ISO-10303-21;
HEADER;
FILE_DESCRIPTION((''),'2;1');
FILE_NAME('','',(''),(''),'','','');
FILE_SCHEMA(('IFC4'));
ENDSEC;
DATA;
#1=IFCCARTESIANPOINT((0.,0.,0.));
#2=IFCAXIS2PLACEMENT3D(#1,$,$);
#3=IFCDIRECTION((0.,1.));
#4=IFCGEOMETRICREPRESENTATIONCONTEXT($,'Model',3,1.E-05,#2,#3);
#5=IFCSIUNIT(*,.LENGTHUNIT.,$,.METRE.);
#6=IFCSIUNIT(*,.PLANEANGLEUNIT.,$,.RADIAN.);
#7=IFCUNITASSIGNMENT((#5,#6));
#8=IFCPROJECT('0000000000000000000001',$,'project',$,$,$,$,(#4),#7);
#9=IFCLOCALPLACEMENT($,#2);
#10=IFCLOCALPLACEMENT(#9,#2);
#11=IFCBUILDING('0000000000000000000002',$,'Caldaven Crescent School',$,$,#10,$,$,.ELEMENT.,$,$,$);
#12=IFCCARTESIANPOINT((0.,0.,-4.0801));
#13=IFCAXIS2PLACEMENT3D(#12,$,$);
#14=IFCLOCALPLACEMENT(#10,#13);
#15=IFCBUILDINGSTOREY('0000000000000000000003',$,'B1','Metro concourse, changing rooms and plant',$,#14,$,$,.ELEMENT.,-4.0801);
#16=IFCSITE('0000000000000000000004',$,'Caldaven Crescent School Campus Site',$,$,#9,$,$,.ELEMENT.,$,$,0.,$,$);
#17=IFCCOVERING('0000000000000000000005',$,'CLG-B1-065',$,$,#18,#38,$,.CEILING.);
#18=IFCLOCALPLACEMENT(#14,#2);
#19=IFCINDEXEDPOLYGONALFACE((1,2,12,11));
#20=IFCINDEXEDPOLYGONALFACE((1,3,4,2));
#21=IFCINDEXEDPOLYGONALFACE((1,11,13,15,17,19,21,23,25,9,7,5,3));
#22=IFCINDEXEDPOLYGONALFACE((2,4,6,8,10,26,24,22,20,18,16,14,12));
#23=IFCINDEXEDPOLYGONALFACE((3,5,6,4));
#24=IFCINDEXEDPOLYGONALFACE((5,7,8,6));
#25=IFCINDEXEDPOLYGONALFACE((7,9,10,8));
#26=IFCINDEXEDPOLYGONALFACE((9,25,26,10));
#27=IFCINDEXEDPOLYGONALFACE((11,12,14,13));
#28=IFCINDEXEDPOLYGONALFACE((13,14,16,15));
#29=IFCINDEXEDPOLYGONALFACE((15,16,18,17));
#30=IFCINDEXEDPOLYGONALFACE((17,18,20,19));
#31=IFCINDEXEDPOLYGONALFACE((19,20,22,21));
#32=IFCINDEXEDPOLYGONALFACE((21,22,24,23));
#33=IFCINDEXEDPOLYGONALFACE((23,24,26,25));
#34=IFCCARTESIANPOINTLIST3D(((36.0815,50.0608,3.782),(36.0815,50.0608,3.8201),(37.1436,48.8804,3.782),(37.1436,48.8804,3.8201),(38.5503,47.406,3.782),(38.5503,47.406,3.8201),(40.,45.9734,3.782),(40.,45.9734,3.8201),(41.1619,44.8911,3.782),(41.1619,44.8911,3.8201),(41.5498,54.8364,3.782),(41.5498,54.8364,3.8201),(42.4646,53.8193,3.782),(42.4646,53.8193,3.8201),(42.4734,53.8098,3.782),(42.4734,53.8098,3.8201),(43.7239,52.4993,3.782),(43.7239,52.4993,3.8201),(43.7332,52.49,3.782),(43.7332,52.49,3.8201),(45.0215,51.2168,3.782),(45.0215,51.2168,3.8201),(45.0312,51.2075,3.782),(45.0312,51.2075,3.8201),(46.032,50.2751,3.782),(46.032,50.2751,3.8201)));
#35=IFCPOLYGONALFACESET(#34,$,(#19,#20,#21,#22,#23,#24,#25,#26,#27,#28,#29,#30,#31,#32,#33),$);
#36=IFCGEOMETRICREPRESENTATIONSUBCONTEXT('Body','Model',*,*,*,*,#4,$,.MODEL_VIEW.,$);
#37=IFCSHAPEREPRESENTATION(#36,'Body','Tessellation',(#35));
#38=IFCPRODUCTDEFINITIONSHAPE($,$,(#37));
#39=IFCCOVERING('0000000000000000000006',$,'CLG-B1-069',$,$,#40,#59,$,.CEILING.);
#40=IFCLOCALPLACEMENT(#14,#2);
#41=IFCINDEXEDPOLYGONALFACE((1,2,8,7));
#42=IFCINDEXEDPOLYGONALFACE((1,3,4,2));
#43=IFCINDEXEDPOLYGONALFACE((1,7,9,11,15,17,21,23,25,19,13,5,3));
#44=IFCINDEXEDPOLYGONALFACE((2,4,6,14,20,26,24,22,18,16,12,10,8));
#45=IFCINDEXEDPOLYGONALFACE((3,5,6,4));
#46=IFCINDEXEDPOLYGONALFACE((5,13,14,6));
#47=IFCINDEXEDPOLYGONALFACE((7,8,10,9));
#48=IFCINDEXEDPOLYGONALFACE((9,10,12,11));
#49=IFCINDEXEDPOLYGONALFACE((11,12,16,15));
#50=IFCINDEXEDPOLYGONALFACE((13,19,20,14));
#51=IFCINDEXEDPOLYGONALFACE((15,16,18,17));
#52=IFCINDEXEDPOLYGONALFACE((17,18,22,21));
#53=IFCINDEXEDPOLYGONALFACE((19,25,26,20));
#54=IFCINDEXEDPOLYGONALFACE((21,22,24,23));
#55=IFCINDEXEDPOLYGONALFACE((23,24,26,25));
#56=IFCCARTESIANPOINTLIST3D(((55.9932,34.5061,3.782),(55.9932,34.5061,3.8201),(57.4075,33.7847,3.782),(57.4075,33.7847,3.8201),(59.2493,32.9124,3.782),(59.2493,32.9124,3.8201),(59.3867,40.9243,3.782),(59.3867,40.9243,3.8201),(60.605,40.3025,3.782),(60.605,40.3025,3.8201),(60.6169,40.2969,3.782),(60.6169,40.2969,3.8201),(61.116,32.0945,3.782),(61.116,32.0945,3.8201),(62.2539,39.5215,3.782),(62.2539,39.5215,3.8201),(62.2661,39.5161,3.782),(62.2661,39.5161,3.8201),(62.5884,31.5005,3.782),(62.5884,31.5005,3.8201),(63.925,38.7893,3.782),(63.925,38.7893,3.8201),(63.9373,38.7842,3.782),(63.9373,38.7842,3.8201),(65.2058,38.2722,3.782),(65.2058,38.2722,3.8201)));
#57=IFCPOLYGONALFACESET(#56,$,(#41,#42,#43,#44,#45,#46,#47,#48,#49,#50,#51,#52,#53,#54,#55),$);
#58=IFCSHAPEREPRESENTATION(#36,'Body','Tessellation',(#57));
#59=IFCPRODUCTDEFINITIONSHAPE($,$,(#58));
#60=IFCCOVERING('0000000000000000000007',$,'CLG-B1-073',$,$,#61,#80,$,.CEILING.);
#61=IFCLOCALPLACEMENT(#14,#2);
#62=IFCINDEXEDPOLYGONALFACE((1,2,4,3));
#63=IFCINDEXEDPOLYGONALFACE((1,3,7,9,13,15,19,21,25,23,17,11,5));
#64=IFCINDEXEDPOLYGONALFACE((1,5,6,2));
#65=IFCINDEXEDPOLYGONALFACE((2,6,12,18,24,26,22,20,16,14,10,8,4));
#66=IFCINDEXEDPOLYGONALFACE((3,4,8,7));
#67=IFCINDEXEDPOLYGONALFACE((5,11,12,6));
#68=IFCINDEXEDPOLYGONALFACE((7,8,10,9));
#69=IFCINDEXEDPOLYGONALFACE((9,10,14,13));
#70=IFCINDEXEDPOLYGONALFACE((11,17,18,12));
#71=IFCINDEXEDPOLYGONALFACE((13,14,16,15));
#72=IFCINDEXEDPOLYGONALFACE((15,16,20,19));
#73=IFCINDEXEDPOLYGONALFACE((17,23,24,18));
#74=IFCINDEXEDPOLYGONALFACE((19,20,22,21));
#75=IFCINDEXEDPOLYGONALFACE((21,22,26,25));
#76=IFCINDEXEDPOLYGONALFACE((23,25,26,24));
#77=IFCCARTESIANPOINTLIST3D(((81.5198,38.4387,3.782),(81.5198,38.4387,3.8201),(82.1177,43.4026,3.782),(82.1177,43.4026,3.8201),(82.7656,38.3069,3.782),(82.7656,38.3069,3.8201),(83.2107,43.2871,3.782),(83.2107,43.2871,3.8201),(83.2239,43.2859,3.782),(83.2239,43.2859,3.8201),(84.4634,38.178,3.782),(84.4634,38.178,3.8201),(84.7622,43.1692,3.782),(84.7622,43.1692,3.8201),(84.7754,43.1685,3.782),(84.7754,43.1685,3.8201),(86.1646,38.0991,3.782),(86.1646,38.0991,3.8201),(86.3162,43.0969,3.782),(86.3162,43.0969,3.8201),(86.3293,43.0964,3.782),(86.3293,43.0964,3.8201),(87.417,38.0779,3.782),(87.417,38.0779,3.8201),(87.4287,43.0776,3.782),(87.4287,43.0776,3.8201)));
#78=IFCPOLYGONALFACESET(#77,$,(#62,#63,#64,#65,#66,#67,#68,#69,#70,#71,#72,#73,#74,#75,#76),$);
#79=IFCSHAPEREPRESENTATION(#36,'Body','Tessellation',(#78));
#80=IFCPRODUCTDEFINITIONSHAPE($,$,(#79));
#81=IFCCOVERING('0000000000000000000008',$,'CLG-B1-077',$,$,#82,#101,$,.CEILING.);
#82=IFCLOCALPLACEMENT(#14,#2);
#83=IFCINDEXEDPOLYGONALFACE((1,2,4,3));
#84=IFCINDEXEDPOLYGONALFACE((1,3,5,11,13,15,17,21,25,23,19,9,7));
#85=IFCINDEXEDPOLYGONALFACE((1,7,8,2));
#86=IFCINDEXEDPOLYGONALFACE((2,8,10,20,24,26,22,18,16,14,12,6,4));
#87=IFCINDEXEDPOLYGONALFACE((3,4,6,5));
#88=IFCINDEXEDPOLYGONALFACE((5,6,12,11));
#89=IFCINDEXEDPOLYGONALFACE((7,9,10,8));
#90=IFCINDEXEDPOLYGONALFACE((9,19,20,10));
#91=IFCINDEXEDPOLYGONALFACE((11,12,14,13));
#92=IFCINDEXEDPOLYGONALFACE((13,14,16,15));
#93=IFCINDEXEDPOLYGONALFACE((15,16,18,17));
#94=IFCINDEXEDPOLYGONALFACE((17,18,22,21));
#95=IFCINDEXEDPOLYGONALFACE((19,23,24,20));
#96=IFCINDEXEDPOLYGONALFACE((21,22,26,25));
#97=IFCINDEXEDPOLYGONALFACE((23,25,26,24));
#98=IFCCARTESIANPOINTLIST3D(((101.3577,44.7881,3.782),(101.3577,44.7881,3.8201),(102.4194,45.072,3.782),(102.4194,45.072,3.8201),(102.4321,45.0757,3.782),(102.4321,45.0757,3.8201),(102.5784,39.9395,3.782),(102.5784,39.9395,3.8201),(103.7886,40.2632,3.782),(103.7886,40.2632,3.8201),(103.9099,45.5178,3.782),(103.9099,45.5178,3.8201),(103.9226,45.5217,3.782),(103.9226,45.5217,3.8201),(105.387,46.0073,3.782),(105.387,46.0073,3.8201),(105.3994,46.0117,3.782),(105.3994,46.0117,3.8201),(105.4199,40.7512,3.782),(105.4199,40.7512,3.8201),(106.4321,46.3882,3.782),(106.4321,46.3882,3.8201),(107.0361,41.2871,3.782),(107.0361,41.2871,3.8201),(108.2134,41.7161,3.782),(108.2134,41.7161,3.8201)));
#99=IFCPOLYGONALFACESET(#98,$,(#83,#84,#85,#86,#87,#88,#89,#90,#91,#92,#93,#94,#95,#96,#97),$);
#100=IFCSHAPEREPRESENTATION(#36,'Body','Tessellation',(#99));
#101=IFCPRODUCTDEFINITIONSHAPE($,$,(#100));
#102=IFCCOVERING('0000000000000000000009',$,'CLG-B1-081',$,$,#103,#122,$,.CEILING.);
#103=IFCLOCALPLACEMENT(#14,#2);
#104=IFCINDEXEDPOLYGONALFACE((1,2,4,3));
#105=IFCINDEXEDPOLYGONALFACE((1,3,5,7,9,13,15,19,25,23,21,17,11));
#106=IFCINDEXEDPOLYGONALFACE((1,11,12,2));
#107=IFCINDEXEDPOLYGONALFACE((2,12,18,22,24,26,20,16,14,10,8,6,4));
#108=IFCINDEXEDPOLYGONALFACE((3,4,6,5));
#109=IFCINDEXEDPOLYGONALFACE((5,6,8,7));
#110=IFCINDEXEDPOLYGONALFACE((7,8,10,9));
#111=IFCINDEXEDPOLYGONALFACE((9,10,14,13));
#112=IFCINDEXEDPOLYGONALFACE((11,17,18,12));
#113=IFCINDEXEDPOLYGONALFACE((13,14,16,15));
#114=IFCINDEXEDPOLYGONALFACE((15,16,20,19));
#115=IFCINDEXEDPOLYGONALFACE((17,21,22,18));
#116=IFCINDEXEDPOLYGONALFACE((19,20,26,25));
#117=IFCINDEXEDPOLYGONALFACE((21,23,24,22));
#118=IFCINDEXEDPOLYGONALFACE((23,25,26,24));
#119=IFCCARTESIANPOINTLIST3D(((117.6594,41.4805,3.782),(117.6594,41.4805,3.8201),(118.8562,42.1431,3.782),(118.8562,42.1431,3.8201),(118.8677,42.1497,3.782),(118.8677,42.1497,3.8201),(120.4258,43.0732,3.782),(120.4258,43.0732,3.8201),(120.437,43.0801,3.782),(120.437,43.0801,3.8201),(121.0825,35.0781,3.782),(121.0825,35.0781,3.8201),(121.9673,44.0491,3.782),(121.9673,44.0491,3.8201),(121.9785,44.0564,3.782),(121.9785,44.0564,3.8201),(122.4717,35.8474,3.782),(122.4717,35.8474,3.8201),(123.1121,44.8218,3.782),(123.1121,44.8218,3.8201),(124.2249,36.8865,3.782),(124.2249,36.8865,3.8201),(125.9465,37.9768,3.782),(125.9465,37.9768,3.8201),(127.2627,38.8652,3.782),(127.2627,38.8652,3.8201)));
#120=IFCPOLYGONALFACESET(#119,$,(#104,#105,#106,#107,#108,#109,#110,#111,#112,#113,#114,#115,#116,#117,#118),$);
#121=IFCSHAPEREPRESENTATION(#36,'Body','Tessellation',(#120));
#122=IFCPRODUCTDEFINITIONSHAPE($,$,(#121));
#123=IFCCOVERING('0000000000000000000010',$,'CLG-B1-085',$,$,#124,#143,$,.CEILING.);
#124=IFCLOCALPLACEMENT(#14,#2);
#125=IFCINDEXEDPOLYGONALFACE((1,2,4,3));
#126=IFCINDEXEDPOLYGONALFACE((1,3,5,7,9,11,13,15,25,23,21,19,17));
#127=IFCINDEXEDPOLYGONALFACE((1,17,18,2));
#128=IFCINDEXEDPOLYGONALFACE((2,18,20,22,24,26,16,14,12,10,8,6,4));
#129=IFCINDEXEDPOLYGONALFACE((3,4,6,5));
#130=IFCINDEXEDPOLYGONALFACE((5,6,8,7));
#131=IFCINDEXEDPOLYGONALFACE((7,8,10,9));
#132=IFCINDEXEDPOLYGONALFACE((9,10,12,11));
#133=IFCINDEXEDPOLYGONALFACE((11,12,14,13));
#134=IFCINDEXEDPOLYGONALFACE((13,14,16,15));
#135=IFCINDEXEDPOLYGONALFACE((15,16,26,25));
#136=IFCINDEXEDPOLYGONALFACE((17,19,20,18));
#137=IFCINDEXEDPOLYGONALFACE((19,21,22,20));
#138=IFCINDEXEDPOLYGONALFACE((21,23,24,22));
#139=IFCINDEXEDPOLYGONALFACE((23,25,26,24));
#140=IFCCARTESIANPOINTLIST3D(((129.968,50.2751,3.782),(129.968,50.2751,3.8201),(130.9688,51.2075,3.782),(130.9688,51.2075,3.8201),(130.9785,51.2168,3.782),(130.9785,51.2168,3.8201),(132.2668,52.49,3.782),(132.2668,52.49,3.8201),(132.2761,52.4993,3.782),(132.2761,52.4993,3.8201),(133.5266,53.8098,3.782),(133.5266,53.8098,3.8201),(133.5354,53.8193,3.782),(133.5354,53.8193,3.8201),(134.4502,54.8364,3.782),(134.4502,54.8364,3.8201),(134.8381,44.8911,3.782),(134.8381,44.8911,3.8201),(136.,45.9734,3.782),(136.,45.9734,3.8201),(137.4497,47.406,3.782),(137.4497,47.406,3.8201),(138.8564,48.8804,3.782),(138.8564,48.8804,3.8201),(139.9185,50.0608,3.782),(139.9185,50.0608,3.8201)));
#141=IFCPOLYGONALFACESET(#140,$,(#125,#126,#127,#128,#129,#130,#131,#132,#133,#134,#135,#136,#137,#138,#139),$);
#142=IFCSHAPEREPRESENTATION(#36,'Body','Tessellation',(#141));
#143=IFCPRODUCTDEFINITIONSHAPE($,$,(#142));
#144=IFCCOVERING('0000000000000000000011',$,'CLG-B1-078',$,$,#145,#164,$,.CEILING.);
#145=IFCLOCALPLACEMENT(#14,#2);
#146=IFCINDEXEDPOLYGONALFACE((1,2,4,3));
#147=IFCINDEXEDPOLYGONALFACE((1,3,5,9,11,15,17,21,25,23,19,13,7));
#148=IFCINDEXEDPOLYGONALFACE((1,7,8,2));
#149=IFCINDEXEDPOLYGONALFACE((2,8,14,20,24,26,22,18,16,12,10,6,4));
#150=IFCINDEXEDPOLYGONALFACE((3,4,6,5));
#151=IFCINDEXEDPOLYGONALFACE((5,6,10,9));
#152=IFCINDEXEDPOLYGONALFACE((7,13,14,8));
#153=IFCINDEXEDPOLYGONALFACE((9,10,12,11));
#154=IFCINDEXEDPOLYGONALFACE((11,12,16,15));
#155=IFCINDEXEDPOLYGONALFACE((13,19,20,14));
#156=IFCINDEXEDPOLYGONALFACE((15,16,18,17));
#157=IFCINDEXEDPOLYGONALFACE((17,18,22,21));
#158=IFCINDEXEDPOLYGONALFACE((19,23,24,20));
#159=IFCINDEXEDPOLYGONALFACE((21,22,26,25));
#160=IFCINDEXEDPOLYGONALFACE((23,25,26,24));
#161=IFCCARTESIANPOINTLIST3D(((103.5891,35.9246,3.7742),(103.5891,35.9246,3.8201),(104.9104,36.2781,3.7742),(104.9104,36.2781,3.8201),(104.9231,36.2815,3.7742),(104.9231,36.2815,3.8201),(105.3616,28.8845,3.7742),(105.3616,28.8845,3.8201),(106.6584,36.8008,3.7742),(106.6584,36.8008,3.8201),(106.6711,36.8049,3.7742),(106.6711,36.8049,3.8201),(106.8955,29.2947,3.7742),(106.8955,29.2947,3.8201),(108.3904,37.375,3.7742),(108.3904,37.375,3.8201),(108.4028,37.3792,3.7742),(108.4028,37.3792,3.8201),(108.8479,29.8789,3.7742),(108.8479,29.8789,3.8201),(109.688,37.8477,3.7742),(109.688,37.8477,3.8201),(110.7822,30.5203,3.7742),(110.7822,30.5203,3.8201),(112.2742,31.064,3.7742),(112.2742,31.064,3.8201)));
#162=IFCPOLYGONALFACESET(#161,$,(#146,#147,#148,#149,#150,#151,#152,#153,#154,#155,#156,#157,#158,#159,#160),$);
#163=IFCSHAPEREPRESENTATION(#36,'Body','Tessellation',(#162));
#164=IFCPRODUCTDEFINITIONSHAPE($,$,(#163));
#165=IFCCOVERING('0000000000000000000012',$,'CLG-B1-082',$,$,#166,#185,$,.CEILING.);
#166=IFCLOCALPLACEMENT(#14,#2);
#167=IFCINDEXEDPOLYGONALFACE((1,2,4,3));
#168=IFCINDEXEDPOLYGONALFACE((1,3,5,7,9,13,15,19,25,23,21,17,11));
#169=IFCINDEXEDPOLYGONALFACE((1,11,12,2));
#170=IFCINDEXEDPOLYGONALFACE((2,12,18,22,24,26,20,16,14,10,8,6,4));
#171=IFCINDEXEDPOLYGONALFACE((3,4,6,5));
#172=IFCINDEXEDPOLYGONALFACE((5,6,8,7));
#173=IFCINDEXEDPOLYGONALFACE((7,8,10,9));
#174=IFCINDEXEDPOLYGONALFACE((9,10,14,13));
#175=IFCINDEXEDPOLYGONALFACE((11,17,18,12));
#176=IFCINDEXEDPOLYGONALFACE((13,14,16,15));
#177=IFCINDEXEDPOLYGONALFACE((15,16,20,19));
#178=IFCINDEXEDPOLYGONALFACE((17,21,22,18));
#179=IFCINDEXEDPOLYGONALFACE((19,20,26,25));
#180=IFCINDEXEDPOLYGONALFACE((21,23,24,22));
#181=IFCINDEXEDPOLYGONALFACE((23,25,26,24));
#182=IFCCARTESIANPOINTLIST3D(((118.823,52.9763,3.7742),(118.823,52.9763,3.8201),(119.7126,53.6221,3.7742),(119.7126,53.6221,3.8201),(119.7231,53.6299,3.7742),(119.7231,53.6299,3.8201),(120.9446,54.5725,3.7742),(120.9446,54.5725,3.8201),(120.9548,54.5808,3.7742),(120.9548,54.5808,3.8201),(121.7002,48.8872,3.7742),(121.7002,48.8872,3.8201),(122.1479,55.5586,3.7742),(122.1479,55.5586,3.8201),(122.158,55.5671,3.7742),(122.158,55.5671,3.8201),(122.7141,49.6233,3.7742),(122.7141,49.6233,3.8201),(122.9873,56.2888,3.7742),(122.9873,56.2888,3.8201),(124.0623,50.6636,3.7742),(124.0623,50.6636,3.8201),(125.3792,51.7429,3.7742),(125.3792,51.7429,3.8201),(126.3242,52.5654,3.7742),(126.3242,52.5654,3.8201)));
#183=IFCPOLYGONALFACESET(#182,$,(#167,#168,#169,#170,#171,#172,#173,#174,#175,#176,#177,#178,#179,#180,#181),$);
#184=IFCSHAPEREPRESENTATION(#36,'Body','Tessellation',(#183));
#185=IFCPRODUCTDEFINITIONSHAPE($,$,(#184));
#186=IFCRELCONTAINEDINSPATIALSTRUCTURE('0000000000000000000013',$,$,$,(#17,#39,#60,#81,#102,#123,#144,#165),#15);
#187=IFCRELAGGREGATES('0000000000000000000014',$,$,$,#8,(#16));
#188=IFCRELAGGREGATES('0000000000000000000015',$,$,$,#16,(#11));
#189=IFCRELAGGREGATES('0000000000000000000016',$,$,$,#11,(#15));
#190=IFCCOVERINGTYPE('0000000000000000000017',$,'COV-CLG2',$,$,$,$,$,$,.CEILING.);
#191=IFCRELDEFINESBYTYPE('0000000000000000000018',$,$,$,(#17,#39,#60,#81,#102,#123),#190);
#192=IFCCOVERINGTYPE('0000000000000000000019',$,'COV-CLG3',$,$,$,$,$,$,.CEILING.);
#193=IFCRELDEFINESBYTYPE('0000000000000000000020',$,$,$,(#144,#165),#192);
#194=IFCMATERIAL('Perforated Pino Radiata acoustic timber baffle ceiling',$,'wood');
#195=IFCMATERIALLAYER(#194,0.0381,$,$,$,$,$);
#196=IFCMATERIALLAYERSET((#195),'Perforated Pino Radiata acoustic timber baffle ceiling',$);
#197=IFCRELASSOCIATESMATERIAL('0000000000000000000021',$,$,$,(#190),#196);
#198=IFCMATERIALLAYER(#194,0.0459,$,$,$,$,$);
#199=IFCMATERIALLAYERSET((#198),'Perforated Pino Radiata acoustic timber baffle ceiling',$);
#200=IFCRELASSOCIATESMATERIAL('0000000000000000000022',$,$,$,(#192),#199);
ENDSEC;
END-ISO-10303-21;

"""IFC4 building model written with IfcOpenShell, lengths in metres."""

from ifc_helpers import new_model, si_unit, direction, frame, origin, place, context, subcontext, project, spatial, polyline, outline, extrude, material, layer, layer_set, type_object, element, save


model = new_model("IFC4")

# Units and contexts
model_context = context("Model", 3, precision=1e-05, world=origin(), true_north=direction((0.0, 1.0)))
body_context = subcontext(model_context, "Body", "Model", "MODEL_VIEW")
ifc_project = project(units=[si_unit("LENGTHUNIT", "METRE"), si_unit("PLANEANGLEUNIT", "RADIAN")], contexts=[model_context])

# Site, building, storey
site_placement = place(None, origin())
site = spatial("IfcSite", under=ifc_project, at=site_placement, Name="Caldaven Crescent School Campus Site", CompositionType="ELEMENT", RefElevation=0.0)
building_placement = place(site_placement, origin())
building = spatial("IfcBuilding", under=site, at=building_placement, Name="Caldaven Crescent School", CompositionType="ELEMENT")
storey_placement = place(building_placement, frame((0.0, 0.0, -4.0801)))
storey = spatial("IfcBuildingStorey", under=building, at=storey_placement, Name="B1", Description="Metro concourse, changing rooms and plant", CompositionType="ELEMENT", Elevation=-4.0801)

# Coverings
ifc_material = material(Name="Perforated Pino Radiata acoustic timber baffle ceiling", Category="wood")
ifc_layer_1 = layer(ifc_material, 0.0381)
ifc_layer_set_1 = layer_set([ifc_layer_1], Name="Perforated Pino Radiata acoustic timber baffle ceiling")
covering_type_1 = type_object("IfcCoveringType", Name="COV-CLG2", PredefinedType="CEILING", material=ifc_layer_set_1)
covering_1_placement = place(storey_placement, frame((0.0, 0.0, 3.782)))
element("IfcCovering", 1, at=covering_1_placement, inside=storey, type_object=covering_type_1, Name="CLG-B1-065", PredefinedType="CEILING", context=body_context, shape_type="SweptSolid", body=[
    extrude(outline(polyline([(42.4646, 53.8193), (42.4734, 53.8098), (43.7239, 52.4993), (43.7332, 52.49), (45.0215, 51.2168), (45.0312, 51.2075), (46.032, 50.2751), (41.1619, 44.8911), (40.0, 45.9734), (38.5503, 47.406), (37.1436, 48.8804), (36.0815, 50.0608), (41.5498, 54.8364), (42.4646, 53.8193)])), origin(), (0.0, 0.0, 1.0), 0.0381),
])
covering_2_placement = place(storey_placement, frame((0.0, 0.0, 3.782)))
element("IfcCovering", 2, at=covering_2_placement, inside=storey, type_object=covering_type_1, Name="CLG-B1-069", PredefinedType="CEILING", context=body_context, shape_type="SweptSolid", body=[
    extrude(outline(polyline([(60.605, 40.3025), (60.6169, 40.2969), (62.2539, 39.5215), (62.2661, 39.5161), (63.925, 38.7893), (63.9373, 38.7842), (65.2058, 38.2722), (62.5884, 31.5005), (61.116, 32.0945), (59.2493, 32.9124), (57.4075, 33.7847), (55.9932, 34.5061), (59.3867, 40.9243), (60.605, 40.3025)])), origin(), (0.0, 0.0, 1.0), 0.0381),
])
covering_3_placement = place(storey_placement, frame((0.0, 0.0, 3.782)))
element("IfcCovering", 3, at=covering_3_placement, inside=storey, type_object=covering_type_1, Name="CLG-B1-073", PredefinedType="CEILING", context=body_context, shape_type="SweptSolid", body=[
    extrude(outline(polyline([(83.2107, 43.2871), (83.2239, 43.2859), (84.7622, 43.1692), (84.7754, 43.1685), (86.3162, 43.0969), (86.3293, 43.0964), (87.4287, 43.0776), (87.417, 38.0779), (86.1646, 38.0991), (84.4634, 38.178), (82.7656, 38.3069), (81.5198, 38.4387), (82.1177, 43.4026), (83.2107, 43.2871)])), origin(), (0.0, 0.0, 1.0), 0.0381),
])
covering_4_placement = place(storey_placement, frame((0.0, 0.0, 3.782)))
element("IfcCovering", 4, at=covering_4_placement, inside=storey, type_object=covering_type_1, Name="CLG-B1-077", PredefinedType="CEILING", context=body_context, shape_type="SweptSolid", body=[
    extrude(outline(polyline([(102.4194, 45.072), (102.4321, 45.0757), (103.9099, 45.5178), (103.9226, 45.5217), (105.387, 46.0073), (105.3994, 46.0117), (106.4321, 46.3882), (108.2134, 41.7161), (107.0361, 41.2871), (105.4199, 40.7512), (103.7886, 40.2632), (102.5784, 39.9395), (101.3577, 44.7881), (102.4194, 45.072)])), origin(), (0.0, 0.0, 1.0), 0.0381),
])
covering_5_placement = place(storey_placement, frame((0.0, 0.0, 3.782)))
element("IfcCovering", 5, at=covering_5_placement, inside=storey, type_object=covering_type_1, Name="CLG-B1-081", PredefinedType="CEILING", context=body_context, shape_type="SweptSolid", body=[
    extrude(outline(polyline([(118.8562, 42.1431), (118.8677, 42.1497), (120.4258, 43.0732), (120.437, 43.0801), (121.9673, 44.0491), (121.9785, 44.0564), (123.1121, 44.8218), (127.2627, 38.8652), (125.9465, 37.9768), (124.2249, 36.8865), (122.4717, 35.8474), (121.0825, 35.0781), (117.6594, 41.4805), (118.8562, 42.1431)])), origin(), (0.0, 0.0, 1.0), 0.0381),
])
covering_6_placement = place(storey_placement, frame((0.0, 0.0, 3.782)))
element("IfcCovering", 6, at=covering_6_placement, inside=storey, type_object=covering_type_1, Name="CLG-B1-085", PredefinedType="CEILING", context=body_context, shape_type="SweptSolid", body=[
    extrude(outline(polyline([(130.9688, 51.2075), (130.9785, 51.2168), (132.2668, 52.49), (132.2761, 52.4993), (133.5266, 53.8098), (133.5354, 53.8193), (134.4502, 54.8364), (139.9185, 50.0608), (138.8564, 48.8804), (137.4497, 47.406), (136.0, 45.9734), (134.8381, 44.8911), (129.968, 50.2751), (130.9688, 51.2075)])), origin(), (0.0, 0.0, 1.0), 0.0381),
])
ifc_layer_2 = layer(ifc_material, 0.0459)
ifc_layer_set_2 = layer_set([ifc_layer_2], Name="Perforated Pino Radiata acoustic timber baffle ceiling")
covering_type_2 = type_object("IfcCoveringType", Name="COV-CLG3", PredefinedType="CEILING", material=ifc_layer_set_2)
covering_7_placement = place(storey_placement, frame((0.0, 0.0, 3.7742)))
element("IfcCovering", 7, at=covering_7_placement, inside=storey, type_object=covering_type_2, Name="CLG-B1-078", PredefinedType="CEILING", context=body_context, shape_type="SweptSolid", body=[
    extrude(outline(polyline([(104.9104, 36.2781), (104.9231, 36.2815), (106.6584, 36.8008), (106.6711, 36.8049), (108.3904, 37.375), (108.4028, 37.3792), (109.688, 37.8477), (112.2742, 31.064), (110.7822, 30.5203), (108.8479, 29.8789), (106.8955, 29.2947), (105.3616, 28.8845), (103.5891, 35.9246), (104.9104, 36.2781)])), origin(), (0.0, 0.0, 1.0), 0.0459),
])
covering_8_placement = place(storey_placement, frame((0.0, 0.0, 3.7742)))
element("IfcCovering", 8, at=covering_8_placement, inside=storey, type_object=covering_type_2, Name="CLG-B1-082", PredefinedType="CEILING", context=body_context, shape_type="SweptSolid", body=[
    extrude(outline(polyline([(119.7126, 53.6221), (119.7231, 53.6299), (120.9446, 54.5725), (120.9548, 54.5808), (122.1479, 55.5586), (122.158, 55.5671), (122.9873, 56.2888), (126.3242, 52.5654), (125.3792, 51.7429), (124.0623, 50.6636), (122.7141, 49.6233), (121.7002, 48.8872), (118.823, 52.9763), (119.7126, 53.6221)])), origin(), (0.0, 0.0, 1.0), 0.0459),
])

save(model, "model.ifc")
